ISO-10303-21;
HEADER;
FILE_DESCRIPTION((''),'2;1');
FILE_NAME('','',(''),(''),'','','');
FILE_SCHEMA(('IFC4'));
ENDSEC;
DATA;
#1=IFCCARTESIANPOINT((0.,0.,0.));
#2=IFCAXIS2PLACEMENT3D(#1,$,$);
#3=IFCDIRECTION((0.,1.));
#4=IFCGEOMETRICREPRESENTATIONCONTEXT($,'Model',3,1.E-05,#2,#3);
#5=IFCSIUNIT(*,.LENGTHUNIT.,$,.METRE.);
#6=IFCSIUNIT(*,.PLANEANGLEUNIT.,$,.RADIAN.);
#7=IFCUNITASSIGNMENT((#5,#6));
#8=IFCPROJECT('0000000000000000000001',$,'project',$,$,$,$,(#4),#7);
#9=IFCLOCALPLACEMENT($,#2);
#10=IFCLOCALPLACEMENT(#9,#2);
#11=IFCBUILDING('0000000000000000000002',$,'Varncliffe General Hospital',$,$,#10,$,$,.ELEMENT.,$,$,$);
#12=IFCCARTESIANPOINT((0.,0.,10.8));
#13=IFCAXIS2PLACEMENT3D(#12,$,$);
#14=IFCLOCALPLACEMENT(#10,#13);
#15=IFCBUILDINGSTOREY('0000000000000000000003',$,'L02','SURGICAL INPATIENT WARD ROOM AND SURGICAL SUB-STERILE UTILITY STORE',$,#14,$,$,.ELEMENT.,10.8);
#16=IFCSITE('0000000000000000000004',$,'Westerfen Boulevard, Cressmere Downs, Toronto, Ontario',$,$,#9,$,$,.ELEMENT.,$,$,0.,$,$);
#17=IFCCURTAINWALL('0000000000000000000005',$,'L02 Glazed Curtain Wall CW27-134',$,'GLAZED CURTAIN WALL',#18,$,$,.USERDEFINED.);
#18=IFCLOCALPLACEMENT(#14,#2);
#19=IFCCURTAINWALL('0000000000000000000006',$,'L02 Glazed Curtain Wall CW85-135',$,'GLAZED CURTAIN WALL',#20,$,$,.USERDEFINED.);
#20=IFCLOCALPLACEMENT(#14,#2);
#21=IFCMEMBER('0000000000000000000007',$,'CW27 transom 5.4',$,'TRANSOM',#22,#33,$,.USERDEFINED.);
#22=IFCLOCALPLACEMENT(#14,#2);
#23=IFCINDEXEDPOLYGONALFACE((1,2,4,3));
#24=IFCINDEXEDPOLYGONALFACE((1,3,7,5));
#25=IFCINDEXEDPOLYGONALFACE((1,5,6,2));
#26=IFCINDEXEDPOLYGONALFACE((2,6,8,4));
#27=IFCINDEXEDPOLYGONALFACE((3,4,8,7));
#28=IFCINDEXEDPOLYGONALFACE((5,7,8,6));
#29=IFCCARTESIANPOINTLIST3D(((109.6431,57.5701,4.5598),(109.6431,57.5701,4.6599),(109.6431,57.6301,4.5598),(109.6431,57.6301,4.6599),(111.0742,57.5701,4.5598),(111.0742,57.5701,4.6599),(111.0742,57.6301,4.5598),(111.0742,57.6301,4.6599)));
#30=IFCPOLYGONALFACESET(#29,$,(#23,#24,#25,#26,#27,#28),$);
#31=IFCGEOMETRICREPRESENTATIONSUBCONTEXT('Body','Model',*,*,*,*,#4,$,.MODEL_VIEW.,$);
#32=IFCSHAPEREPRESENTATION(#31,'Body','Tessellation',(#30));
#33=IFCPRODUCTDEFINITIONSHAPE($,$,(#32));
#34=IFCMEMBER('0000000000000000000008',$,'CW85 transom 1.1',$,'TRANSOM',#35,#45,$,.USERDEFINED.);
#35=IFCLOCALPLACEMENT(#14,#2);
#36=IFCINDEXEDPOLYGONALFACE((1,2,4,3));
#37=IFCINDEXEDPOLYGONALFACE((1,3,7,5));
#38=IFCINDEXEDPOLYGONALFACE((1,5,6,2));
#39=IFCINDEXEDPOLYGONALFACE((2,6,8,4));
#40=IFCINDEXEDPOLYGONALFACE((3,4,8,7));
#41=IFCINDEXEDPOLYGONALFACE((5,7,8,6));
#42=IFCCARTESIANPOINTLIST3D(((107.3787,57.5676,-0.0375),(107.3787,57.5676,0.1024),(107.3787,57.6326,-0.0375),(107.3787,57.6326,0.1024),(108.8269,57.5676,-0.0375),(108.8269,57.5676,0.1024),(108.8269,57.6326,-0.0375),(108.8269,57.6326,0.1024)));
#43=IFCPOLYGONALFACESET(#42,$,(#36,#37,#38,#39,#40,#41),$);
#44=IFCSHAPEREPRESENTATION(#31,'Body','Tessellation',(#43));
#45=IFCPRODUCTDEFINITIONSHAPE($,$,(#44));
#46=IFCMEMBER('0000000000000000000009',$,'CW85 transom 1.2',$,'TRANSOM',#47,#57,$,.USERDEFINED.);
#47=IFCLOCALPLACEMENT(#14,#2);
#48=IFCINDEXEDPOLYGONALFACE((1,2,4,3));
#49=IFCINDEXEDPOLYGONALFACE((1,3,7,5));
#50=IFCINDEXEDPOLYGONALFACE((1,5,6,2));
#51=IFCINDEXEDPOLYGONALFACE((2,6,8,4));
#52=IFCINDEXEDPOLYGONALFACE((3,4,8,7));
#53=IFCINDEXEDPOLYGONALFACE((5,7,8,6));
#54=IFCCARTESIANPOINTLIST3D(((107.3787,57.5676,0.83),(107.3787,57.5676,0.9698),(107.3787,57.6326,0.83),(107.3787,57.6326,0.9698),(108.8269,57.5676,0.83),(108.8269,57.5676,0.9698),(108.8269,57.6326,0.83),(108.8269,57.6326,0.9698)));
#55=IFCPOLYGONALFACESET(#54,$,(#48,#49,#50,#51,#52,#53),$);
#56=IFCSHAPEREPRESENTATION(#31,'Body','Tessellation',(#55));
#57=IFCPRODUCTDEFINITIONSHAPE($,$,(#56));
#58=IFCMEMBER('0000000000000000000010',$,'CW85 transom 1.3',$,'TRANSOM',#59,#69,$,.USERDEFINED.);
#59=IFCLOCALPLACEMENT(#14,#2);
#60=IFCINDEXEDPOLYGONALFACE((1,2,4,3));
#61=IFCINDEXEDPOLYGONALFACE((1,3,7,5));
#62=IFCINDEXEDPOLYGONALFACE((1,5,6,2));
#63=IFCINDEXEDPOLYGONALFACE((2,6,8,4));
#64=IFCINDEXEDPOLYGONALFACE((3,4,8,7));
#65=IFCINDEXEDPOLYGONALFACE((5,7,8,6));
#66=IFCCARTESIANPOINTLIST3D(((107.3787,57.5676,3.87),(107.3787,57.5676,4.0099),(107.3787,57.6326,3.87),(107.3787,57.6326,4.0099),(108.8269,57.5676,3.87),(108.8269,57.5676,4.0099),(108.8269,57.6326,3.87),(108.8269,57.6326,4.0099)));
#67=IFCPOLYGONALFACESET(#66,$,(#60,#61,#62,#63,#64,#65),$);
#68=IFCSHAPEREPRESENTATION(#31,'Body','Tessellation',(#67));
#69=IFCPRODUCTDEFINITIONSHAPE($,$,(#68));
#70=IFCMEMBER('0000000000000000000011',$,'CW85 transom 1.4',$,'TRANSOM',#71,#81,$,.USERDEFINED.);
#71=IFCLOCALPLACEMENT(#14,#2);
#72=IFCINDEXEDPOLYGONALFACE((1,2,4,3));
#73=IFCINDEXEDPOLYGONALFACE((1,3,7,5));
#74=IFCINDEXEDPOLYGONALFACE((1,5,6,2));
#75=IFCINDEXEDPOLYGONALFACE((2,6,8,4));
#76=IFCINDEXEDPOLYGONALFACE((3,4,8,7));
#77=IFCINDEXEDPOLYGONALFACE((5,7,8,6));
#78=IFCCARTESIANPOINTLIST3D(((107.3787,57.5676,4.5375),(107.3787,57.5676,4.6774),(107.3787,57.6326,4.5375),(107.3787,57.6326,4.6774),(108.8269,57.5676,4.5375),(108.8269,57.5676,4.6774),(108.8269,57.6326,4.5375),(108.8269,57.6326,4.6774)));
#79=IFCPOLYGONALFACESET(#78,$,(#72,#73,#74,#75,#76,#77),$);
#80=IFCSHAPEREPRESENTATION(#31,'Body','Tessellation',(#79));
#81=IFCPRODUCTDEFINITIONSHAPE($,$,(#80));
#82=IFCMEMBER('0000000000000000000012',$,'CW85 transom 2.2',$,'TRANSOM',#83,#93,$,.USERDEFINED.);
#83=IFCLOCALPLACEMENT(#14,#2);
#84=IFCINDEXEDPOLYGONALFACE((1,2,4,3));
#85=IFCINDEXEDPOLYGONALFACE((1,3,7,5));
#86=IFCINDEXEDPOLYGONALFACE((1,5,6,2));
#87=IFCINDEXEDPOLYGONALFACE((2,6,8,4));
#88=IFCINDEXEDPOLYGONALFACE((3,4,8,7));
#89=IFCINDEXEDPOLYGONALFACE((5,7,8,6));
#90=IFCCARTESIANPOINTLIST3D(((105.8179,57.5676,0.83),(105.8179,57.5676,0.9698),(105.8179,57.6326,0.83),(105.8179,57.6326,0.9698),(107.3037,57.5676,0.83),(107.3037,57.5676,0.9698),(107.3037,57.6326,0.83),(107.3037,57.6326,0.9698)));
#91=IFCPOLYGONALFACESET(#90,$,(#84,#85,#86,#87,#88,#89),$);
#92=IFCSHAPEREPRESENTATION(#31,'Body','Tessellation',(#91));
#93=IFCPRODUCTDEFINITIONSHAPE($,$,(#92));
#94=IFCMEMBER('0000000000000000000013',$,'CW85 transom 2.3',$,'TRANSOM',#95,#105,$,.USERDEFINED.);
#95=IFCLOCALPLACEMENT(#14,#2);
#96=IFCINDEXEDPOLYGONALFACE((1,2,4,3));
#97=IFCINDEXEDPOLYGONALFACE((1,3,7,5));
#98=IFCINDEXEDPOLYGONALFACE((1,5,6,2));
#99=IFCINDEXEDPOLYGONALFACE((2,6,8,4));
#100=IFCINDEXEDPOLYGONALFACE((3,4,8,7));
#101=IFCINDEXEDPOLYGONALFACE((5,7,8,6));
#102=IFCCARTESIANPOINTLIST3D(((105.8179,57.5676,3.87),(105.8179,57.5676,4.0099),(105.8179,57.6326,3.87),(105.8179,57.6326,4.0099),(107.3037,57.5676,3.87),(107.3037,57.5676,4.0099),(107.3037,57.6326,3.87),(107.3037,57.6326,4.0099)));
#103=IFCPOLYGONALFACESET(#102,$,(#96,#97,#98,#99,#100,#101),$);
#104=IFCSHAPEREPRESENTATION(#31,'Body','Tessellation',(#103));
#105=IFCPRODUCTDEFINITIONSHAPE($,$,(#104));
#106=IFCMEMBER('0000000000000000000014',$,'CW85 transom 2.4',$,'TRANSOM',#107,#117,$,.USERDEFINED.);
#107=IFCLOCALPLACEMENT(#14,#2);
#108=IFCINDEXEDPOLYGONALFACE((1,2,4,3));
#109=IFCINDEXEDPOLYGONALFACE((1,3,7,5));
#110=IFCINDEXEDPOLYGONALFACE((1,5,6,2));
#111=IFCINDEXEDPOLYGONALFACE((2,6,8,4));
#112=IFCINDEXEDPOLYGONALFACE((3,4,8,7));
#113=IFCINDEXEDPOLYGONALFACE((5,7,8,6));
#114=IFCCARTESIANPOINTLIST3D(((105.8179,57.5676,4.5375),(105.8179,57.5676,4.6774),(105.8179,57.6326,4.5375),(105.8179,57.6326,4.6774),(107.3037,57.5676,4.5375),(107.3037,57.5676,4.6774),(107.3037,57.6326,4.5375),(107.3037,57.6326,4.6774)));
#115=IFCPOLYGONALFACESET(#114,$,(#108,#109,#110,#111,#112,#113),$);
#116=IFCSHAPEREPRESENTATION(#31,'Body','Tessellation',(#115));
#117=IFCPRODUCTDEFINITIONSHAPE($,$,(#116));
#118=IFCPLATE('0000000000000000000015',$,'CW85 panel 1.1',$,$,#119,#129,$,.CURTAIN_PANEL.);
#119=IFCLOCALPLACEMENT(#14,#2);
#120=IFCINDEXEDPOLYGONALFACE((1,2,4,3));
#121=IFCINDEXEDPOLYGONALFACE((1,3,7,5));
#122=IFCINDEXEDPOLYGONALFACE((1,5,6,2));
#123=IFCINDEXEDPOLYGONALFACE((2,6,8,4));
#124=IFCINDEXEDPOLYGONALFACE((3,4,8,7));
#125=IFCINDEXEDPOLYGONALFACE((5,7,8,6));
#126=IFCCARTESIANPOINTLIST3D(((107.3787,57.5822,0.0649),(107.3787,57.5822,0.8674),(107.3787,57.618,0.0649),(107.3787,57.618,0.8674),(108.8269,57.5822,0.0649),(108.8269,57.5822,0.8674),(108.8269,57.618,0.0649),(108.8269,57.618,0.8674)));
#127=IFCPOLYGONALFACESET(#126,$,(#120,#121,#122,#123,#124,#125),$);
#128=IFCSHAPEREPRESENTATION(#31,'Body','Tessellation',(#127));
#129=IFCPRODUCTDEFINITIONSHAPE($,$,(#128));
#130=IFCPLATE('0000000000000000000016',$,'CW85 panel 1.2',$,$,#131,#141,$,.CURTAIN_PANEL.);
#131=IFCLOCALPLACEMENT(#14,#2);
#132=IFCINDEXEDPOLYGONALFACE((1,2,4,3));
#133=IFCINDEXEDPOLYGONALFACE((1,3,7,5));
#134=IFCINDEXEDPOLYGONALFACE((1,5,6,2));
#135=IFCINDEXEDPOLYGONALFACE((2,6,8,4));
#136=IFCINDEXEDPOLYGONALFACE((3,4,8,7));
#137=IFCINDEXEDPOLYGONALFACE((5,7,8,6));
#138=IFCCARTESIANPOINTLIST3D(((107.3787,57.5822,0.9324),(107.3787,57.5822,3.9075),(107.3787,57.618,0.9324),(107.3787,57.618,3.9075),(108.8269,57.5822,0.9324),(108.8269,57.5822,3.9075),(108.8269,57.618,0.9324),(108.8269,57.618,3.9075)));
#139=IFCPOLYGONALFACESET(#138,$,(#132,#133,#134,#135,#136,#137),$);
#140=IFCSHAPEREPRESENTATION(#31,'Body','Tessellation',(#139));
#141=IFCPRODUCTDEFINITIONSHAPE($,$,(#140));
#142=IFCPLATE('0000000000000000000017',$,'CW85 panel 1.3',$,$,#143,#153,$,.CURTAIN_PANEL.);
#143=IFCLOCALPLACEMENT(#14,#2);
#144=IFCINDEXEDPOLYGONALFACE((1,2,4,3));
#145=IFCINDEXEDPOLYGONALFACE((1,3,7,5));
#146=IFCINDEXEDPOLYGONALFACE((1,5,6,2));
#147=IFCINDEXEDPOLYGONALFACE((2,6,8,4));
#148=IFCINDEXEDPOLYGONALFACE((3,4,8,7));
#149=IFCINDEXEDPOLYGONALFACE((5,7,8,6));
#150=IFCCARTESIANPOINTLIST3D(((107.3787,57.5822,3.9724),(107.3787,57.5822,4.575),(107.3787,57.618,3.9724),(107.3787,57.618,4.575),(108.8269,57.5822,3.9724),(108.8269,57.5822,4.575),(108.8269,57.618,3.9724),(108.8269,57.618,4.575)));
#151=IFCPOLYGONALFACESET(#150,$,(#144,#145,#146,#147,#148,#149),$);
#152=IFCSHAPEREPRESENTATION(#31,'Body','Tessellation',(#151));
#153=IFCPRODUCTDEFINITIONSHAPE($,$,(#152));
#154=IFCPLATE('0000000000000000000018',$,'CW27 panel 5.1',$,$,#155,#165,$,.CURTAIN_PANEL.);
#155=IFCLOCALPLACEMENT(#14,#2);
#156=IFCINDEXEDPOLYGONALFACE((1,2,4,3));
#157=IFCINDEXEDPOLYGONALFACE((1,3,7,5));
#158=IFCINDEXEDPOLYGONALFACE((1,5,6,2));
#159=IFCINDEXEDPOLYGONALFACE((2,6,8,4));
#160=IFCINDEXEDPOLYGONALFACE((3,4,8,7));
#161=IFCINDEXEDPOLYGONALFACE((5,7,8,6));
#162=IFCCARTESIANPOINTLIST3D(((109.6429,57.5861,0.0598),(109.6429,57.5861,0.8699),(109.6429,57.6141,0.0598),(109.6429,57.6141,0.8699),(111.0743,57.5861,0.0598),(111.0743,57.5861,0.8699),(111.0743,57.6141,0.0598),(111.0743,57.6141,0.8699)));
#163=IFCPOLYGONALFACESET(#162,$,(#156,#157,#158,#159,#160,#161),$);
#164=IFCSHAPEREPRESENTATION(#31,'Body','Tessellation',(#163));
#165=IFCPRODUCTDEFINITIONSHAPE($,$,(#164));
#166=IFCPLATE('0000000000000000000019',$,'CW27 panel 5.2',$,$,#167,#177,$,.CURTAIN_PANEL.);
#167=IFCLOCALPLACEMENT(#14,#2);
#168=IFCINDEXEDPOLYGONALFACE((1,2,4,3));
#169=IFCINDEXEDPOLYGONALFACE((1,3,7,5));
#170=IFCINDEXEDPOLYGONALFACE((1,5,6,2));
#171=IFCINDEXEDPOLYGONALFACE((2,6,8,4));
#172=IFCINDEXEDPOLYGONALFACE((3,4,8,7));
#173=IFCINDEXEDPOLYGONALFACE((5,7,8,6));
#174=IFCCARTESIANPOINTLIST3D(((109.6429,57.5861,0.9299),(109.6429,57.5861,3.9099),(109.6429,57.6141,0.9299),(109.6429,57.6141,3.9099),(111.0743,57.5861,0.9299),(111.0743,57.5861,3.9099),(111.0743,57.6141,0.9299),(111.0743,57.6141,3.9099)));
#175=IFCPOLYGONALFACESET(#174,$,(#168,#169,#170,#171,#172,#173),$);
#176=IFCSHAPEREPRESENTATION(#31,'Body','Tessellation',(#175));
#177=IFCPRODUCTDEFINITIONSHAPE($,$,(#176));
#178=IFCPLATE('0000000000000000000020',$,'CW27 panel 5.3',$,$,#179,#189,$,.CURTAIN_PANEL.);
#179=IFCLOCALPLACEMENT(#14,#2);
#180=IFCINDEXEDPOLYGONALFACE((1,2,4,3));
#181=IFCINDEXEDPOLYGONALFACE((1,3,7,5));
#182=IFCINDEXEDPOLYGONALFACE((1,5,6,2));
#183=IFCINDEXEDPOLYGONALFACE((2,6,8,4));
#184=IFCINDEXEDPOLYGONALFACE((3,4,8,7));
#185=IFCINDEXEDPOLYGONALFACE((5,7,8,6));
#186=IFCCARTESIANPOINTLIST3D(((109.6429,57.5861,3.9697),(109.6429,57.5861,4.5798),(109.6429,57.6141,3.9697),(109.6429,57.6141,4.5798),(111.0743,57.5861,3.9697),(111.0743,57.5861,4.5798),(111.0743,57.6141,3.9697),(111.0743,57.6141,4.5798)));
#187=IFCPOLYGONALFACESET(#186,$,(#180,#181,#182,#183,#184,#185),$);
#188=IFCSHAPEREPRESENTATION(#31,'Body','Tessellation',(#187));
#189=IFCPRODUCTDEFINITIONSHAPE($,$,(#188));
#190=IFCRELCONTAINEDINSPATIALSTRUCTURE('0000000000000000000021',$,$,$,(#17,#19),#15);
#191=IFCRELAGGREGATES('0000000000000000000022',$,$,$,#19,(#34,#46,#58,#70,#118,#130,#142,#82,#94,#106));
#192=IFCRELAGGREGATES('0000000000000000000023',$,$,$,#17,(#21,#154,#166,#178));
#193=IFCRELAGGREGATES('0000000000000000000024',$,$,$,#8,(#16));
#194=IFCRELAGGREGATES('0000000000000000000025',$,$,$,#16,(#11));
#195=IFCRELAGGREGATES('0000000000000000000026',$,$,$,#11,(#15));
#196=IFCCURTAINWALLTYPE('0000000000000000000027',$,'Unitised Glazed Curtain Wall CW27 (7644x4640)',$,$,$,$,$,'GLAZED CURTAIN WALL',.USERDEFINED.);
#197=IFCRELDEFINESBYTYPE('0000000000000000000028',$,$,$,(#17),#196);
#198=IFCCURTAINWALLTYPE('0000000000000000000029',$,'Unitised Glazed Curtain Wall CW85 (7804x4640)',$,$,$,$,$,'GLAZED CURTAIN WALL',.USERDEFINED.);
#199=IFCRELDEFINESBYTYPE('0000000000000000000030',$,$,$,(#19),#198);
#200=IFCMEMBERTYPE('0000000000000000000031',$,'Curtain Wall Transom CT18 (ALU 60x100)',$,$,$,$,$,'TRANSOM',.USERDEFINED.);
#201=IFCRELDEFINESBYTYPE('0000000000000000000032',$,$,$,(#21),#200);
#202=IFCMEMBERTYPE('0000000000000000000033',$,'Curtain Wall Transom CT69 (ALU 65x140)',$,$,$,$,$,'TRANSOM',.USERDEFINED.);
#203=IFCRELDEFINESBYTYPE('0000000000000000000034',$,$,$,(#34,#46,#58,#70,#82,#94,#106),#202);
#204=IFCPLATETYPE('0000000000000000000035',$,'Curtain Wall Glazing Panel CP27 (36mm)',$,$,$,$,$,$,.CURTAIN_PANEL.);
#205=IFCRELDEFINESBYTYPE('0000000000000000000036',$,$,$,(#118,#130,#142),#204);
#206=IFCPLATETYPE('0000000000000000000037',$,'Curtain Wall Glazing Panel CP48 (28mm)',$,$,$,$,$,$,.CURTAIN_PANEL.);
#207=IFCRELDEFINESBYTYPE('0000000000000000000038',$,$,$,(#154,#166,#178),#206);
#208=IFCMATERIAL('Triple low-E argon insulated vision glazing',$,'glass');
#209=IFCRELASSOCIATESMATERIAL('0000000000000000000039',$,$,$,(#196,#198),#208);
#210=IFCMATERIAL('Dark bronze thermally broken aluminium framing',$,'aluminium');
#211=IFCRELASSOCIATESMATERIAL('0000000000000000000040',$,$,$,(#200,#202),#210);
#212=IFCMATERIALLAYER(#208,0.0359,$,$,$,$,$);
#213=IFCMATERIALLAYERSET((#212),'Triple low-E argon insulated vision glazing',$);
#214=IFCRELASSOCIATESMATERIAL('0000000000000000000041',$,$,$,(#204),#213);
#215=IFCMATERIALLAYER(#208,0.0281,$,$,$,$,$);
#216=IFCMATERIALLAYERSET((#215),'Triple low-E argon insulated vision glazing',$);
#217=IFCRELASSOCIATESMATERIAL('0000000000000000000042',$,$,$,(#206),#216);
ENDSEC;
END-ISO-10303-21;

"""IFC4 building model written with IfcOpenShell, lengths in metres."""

from ifc_helpers import new_model, si_unit, direction, frame, origin, origin_2d, place, context, subcontext, project, spatial, rectangle, extrude, material, layer, layer_set, material_profile, profile_set, type_object, element, aggregate, save


model = new_model("IFC4")

# Units and contexts
model_context = context("Model", 3, precision=1e-05, world=origin(), true_north=direction((0.0, 1.0)))
body_context = subcontext(model_context, "Body", "Model", "MODEL_VIEW")
ifc_project = project(units=[si_unit("LENGTHUNIT", "METRE"), si_unit("PLANEANGLEUNIT", "RADIAN")], contexts=[model_context])

# Site, building, storey
site_placement = place(None, origin())
site = spatial("IfcSite", under=ifc_project, at=site_placement, Name="Westerfen Boulevard, Cressmere Downs, Toronto, Ontario", CompositionType="ELEMENT", RefElevation=0.0)
building_placement = place(site_placement, origin())
building = spatial("IfcBuilding", under=site, at=building_placement, Name="Varncliffe General Hospital", CompositionType="ELEMENT")
storey_placement = place(building_placement, frame((0.0, 0.0, 10.8)))
storey = spatial("IfcBuildingStorey", under=building, at=storey_placement, Name="L02", Description="SURGICAL INPATIENT WARD ROOM AND SURGICAL SUB-STERILE UTILITY STORE", CompositionType="ELEMENT", Elevation=10.8)

# Curtain wall
ifc_material_1 = material(Name="Triple low-E argon insulated vision glazing", Category="glass")
curtain_wall_type_1 = type_object("IfcCurtainWallType", Name="Unitised Glazed Curtain Wall CW27 (7644x4640)", ElementType="GLAZED CURTAIN WALL", PredefinedType="USERDEFINED", material=ifc_material_1)
curtain_wall_1_placement = place(storey_placement, origin())
curtain_wall_1 = element("IfcCurtainWall", 1, at=curtain_wall_1_placement, inside=storey, type_object=curtain_wall_type_1, Name="L02 Glazed Curtain Wall CW27-134", ObjectType="GLAZED CURTAIN WALL", PredefinedType="USERDEFINED")
ifc_material_2 = material(Name="Dark bronze thermally broken aluminium framing", Category="aluminium")

# Curtain wall
curtain_wall_type_2 = type_object("IfcCurtainWallType", Name="Unitised Glazed Curtain Wall CW85 (7804x4640)", ElementType="GLAZED CURTAIN WALL", PredefinedType="USERDEFINED", material=ifc_material_1)
curtain_wall_2_placement = place(storey_placement, origin())
curtain_wall_2 = element("IfcCurtainWall", 2, at=curtain_wall_2_placement, inside=storey, type_object=curtain_wall_type_2, Name="L02 Glazed Curtain Wall CW85-135", ObjectType="GLAZED CURTAIN WALL", PredefinedType="USERDEFINED")

# Members
ifc_material_profile_1 = material_profile(ifc_material_2, rectangle(XDim=0.0601, YDim=0.1001, at=origin_2d()), Name="ALU 60x100")
ifc_profile_set_1 = profile_set([ifc_material_profile_1], Name="Dark bronze thermally broken aluminium framing")
member_type_1 = type_object("IfcMemberType", Name="Curtain Wall Transom CT18 (ALU 60x100)", ElementType="TRANSOM", PredefinedType="USERDEFINED", material=ifc_profile_set_1)
member_1_placement = place(storey_placement, frame((111.0742, 57.6001, 4.6099), z_axis=(-1.0, 0.0, 0.0), x_axis=(0.0, -1.0, 0.0)))
member_1 = element("IfcMember", 3, at=member_1_placement, type_object=member_type_1, Name="CW27 transom 5.4", ObjectType="TRANSOM", PredefinedType="USERDEFINED", context=body_context, shape_type="SweptSolid", body=[
    extrude(rectangle(XDim=0.0601, YDim=0.1001, at=origin_2d()), origin(), (0.0, 0.0, 1.0), 1.4312),
])
ifc_material_profile_2 = material_profile(ifc_material_2, rectangle(XDim=0.0649, YDim=0.1399, at=origin_2d()), Name="ALU 65x140")
ifc_profile_set_2 = profile_set([ifc_material_profile_2], Name="Dark bronze thermally broken aluminium framing")
member_type_2 = type_object("IfcMemberType", Name="Curtain Wall Transom CT69 (ALU 65x140)", ElementType="TRANSOM", PredefinedType="USERDEFINED", material=ifc_profile_set_2)
member_2_placement = place(storey_placement, frame((108.8269, 57.6001, 0.0325), z_axis=(-1.0, 0.0, 0.0), x_axis=(0.0, -1.0, 0.0)))
member_2 = element("IfcMember", 4, at=member_2_placement, type_object=member_type_2, Name="CW85 transom 1.1", ObjectType="TRANSOM", PredefinedType="USERDEFINED", context=body_context, shape_type="SweptSolid", body=[
    extrude(rectangle(XDim=0.0649, YDim=0.1399, at=origin_2d()), origin(), (0.0, 0.0, 1.0), 1.4482),
])
member_3_placement = place(storey_placement, frame((108.8269, 57.6001, 0.8999), z_axis=(-1.0, 0.0, 0.0), x_axis=(0.0, -1.0, 0.0)))
member_3 = element("IfcMember", 5, at=member_3_placement, type_object=member_type_2, Name="CW85 transom 1.2", ObjectType="TRANSOM", PredefinedType="USERDEFINED", context=body_context, shape_type="SweptSolid", body=[
    extrude(rectangle(XDim=0.0649, YDim=0.1399, at=origin_2d()), origin(), (0.0, 0.0, 1.0), 1.4482),
])
member_4_placement = place(storey_placement, frame((108.8269, 57.6001, 3.9399), z_axis=(-1.0, 0.0, 0.0), x_axis=(0.0, -1.0, 0.0)))
member_4 = element("IfcMember", 6, at=member_4_placement, type_object=member_type_2, Name="CW85 transom 1.3", ObjectType="TRANSOM", PredefinedType="USERDEFINED", context=body_context, shape_type="SweptSolid", body=[
    extrude(rectangle(XDim=0.0649, YDim=0.1399, at=origin_2d()), origin(), (0.0, 0.0, 1.0), 1.4482),
])
member_5_placement = place(storey_placement, frame((108.8269, 57.6001, 4.6074), z_axis=(-1.0, 0.0, 0.0), x_axis=(0.0, -1.0, 0.0)))
member_5 = element("IfcMember", 7, at=member_5_placement, type_object=member_type_2, Name="CW85 transom 1.4", ObjectType="TRANSOM", PredefinedType="USERDEFINED", context=body_context, shape_type="SweptSolid", body=[
    extrude(rectangle(XDim=0.0649, YDim=0.1399, at=origin_2d()), origin(), (0.0, 0.0, 1.0), 1.4482),
])
member_6_placement = place(storey_placement, frame((107.3037, 57.6001, 0.8999), z_axis=(-1.0, 0.0, 0.0), x_axis=(0.0, -1.0, 0.0)))
member_6 = element("IfcMember", 8, at=member_6_placement, type_object=member_type_2, Name="CW85 transom 2.2", ObjectType="TRANSOM", PredefinedType="USERDEFINED", context=body_context, shape_type="SweptSolid", body=[
    extrude(rectangle(XDim=0.0649, YDim=0.1399, at=origin_2d()), origin(), (0.0, 0.0, 1.0), 1.4858),
])
member_7_placement = place(storey_placement, frame((107.3037, 57.6001, 3.9399), z_axis=(-1.0, 0.0, 0.0), x_axis=(0.0, -1.0, 0.0)))
member_7 = element("IfcMember", 9, at=member_7_placement, type_object=member_type_2, Name="CW85 transom 2.3", ObjectType="TRANSOM", PredefinedType="USERDEFINED", context=body_context, shape_type="SweptSolid", body=[
    extrude(rectangle(XDim=0.0649, YDim=0.1399, at=origin_2d()), origin(), (0.0, 0.0, 1.0), 1.4858),
])
member_8_placement = place(storey_placement, frame((107.3037, 57.6001, 4.6074), z_axis=(-1.0, 0.0, 0.0), x_axis=(0.0, -1.0, 0.0)))
member_8 = element("IfcMember", 10, at=member_8_placement, type_object=member_type_2, Name="CW85 transom 2.4", ObjectType="TRANSOM", PredefinedType="USERDEFINED", context=body_context, shape_type="SweptSolid", body=[
    extrude(rectangle(XDim=0.0649, YDim=0.1399, at=origin_2d()), origin(), (0.0, 0.0, 1.0), 1.4858),
])

# Plates
ifc_layer_1 = layer(ifc_material_1, 0.0359)
ifc_layer_set_1 = layer_set([ifc_layer_1], Name="Triple low-E argon insulated vision glazing")
plate_type_1 = type_object("IfcPlateType", Name="Curtain Wall Glazing Panel CP27 (36mm)", PredefinedType="CURTAIN_PANEL", material=ifc_layer_set_1)
plate_1_placement = place(storey_placement, frame((108.1028, 57.6001, 0.0649), z_axis=(0.0, 0.0, 1.0), x_axis=(-1.0, 0.0, 0.0)))
plate_1 = element("IfcPlate", 11, at=plate_1_placement, type_object=plate_type_1, Name="CW85 panel 1.1", PredefinedType="CURTAIN_PANEL", context=body_context, shape_type="SweptSolid", body=[
    extrude(rectangle(XDim=1.4482, YDim=0.0359, at=origin_2d()), origin(), (0.0, 0.0, 1.0), 0.8025),
])
plate_2_placement = place(storey_placement, frame((108.1028, 57.6001, 0.9324), z_axis=(0.0, 0.0, 1.0), x_axis=(-1.0, 0.0, 0.0)))
plate_2 = element("IfcPlate", 12, at=plate_2_placement, type_object=plate_type_1, Name="CW85 panel 1.2", PredefinedType="CURTAIN_PANEL", context=body_context, shape_type="SweptSolid", body=[
    extrude(rectangle(XDim=1.4482, YDim=0.0359, at=origin_2d()), origin(), (0.0, 0.0, 1.0), 2.9751),
])
plate_3_placement = place(storey_placement, frame((108.1028, 57.6001, 3.9724), z_axis=(0.0, 0.0, 1.0), x_axis=(-1.0, 0.0, 0.0)))
plate_3 = element("IfcPlate", 13, at=plate_3_placement, type_object=plate_type_1, Name="CW85 panel 1.3", PredefinedType="CURTAIN_PANEL", context=body_context, shape_type="SweptSolid", body=[
    extrude(rectangle(XDim=1.4482, YDim=0.0359, at=origin_2d()), origin(), (0.0, 0.0, 1.0), 0.6025),
])
aggregate(curtain_wall_2, [member_2, member_3, member_4, member_5, plate_1, plate_2, plate_3, member_6, member_7, member_8])
ifc_layer_2 = layer(ifc_material_1, 0.0281)
ifc_layer_set_2 = layer_set([ifc_layer_2], Name="Triple low-E argon insulated vision glazing")
plate_type_2 = type_object("IfcPlateType", Name="Curtain Wall Glazing Panel CP48 (28mm)", PredefinedType="CURTAIN_PANEL", material=ifc_layer_set_2)
plate_4_placement = place(storey_placement, frame((110.3586, 57.6001, 0.0598), z_axis=(0.0, 0.0, 1.0), x_axis=(-1.0, 0.0, 0.0)))
plate_4 = element("IfcPlate", 14, at=plate_4_placement, type_object=plate_type_2, Name="CW27 panel 5.1", PredefinedType="CURTAIN_PANEL", context=body_context, shape_type="SweptSolid", body=[
    extrude(rectangle(XDim=1.4314, YDim=0.0281, at=origin_2d()), origin(), (0.0, 0.0, 1.0), 0.8101),
])
plate_5_placement = place(storey_placement, frame((110.3586, 57.6001, 0.9299), z_axis=(0.0, 0.0, 1.0), x_axis=(-1.0, 0.0, 0.0)))
plate_5 = element("IfcPlate", 15, at=plate_5_placement, type_object=plate_type_2, Name="CW27 panel 5.2", PredefinedType="CURTAIN_PANEL", context=body_context, shape_type="SweptSolid", body=[
    extrude(rectangle(XDim=1.4314, YDim=0.0281, at=origin_2d()), origin(), (0.0, 0.0, 1.0), 2.98),
])
plate_6_placement = place(storey_placement, frame((110.3586, 57.6001, 3.9697), z_axis=(0.0, 0.0, 1.0), x_axis=(-1.0, 0.0, 0.0)))
plate_6 = element("IfcPlate", 16, at=plate_6_placement, type_object=plate_type_2, Name="CW27 panel 5.3", PredefinedType="CURTAIN_PANEL", context=body_context, shape_type="SweptSolid", body=[
    extrude(rectangle(XDim=1.4314, YDim=0.0281, at=origin_2d()), origin(), (0.0, 0.0, 1.0), 0.6101),
])
aggregate(curtain_wall_1, [member_1, plate_4, plate_5, plate_6])

save(model, "model.ifc")
